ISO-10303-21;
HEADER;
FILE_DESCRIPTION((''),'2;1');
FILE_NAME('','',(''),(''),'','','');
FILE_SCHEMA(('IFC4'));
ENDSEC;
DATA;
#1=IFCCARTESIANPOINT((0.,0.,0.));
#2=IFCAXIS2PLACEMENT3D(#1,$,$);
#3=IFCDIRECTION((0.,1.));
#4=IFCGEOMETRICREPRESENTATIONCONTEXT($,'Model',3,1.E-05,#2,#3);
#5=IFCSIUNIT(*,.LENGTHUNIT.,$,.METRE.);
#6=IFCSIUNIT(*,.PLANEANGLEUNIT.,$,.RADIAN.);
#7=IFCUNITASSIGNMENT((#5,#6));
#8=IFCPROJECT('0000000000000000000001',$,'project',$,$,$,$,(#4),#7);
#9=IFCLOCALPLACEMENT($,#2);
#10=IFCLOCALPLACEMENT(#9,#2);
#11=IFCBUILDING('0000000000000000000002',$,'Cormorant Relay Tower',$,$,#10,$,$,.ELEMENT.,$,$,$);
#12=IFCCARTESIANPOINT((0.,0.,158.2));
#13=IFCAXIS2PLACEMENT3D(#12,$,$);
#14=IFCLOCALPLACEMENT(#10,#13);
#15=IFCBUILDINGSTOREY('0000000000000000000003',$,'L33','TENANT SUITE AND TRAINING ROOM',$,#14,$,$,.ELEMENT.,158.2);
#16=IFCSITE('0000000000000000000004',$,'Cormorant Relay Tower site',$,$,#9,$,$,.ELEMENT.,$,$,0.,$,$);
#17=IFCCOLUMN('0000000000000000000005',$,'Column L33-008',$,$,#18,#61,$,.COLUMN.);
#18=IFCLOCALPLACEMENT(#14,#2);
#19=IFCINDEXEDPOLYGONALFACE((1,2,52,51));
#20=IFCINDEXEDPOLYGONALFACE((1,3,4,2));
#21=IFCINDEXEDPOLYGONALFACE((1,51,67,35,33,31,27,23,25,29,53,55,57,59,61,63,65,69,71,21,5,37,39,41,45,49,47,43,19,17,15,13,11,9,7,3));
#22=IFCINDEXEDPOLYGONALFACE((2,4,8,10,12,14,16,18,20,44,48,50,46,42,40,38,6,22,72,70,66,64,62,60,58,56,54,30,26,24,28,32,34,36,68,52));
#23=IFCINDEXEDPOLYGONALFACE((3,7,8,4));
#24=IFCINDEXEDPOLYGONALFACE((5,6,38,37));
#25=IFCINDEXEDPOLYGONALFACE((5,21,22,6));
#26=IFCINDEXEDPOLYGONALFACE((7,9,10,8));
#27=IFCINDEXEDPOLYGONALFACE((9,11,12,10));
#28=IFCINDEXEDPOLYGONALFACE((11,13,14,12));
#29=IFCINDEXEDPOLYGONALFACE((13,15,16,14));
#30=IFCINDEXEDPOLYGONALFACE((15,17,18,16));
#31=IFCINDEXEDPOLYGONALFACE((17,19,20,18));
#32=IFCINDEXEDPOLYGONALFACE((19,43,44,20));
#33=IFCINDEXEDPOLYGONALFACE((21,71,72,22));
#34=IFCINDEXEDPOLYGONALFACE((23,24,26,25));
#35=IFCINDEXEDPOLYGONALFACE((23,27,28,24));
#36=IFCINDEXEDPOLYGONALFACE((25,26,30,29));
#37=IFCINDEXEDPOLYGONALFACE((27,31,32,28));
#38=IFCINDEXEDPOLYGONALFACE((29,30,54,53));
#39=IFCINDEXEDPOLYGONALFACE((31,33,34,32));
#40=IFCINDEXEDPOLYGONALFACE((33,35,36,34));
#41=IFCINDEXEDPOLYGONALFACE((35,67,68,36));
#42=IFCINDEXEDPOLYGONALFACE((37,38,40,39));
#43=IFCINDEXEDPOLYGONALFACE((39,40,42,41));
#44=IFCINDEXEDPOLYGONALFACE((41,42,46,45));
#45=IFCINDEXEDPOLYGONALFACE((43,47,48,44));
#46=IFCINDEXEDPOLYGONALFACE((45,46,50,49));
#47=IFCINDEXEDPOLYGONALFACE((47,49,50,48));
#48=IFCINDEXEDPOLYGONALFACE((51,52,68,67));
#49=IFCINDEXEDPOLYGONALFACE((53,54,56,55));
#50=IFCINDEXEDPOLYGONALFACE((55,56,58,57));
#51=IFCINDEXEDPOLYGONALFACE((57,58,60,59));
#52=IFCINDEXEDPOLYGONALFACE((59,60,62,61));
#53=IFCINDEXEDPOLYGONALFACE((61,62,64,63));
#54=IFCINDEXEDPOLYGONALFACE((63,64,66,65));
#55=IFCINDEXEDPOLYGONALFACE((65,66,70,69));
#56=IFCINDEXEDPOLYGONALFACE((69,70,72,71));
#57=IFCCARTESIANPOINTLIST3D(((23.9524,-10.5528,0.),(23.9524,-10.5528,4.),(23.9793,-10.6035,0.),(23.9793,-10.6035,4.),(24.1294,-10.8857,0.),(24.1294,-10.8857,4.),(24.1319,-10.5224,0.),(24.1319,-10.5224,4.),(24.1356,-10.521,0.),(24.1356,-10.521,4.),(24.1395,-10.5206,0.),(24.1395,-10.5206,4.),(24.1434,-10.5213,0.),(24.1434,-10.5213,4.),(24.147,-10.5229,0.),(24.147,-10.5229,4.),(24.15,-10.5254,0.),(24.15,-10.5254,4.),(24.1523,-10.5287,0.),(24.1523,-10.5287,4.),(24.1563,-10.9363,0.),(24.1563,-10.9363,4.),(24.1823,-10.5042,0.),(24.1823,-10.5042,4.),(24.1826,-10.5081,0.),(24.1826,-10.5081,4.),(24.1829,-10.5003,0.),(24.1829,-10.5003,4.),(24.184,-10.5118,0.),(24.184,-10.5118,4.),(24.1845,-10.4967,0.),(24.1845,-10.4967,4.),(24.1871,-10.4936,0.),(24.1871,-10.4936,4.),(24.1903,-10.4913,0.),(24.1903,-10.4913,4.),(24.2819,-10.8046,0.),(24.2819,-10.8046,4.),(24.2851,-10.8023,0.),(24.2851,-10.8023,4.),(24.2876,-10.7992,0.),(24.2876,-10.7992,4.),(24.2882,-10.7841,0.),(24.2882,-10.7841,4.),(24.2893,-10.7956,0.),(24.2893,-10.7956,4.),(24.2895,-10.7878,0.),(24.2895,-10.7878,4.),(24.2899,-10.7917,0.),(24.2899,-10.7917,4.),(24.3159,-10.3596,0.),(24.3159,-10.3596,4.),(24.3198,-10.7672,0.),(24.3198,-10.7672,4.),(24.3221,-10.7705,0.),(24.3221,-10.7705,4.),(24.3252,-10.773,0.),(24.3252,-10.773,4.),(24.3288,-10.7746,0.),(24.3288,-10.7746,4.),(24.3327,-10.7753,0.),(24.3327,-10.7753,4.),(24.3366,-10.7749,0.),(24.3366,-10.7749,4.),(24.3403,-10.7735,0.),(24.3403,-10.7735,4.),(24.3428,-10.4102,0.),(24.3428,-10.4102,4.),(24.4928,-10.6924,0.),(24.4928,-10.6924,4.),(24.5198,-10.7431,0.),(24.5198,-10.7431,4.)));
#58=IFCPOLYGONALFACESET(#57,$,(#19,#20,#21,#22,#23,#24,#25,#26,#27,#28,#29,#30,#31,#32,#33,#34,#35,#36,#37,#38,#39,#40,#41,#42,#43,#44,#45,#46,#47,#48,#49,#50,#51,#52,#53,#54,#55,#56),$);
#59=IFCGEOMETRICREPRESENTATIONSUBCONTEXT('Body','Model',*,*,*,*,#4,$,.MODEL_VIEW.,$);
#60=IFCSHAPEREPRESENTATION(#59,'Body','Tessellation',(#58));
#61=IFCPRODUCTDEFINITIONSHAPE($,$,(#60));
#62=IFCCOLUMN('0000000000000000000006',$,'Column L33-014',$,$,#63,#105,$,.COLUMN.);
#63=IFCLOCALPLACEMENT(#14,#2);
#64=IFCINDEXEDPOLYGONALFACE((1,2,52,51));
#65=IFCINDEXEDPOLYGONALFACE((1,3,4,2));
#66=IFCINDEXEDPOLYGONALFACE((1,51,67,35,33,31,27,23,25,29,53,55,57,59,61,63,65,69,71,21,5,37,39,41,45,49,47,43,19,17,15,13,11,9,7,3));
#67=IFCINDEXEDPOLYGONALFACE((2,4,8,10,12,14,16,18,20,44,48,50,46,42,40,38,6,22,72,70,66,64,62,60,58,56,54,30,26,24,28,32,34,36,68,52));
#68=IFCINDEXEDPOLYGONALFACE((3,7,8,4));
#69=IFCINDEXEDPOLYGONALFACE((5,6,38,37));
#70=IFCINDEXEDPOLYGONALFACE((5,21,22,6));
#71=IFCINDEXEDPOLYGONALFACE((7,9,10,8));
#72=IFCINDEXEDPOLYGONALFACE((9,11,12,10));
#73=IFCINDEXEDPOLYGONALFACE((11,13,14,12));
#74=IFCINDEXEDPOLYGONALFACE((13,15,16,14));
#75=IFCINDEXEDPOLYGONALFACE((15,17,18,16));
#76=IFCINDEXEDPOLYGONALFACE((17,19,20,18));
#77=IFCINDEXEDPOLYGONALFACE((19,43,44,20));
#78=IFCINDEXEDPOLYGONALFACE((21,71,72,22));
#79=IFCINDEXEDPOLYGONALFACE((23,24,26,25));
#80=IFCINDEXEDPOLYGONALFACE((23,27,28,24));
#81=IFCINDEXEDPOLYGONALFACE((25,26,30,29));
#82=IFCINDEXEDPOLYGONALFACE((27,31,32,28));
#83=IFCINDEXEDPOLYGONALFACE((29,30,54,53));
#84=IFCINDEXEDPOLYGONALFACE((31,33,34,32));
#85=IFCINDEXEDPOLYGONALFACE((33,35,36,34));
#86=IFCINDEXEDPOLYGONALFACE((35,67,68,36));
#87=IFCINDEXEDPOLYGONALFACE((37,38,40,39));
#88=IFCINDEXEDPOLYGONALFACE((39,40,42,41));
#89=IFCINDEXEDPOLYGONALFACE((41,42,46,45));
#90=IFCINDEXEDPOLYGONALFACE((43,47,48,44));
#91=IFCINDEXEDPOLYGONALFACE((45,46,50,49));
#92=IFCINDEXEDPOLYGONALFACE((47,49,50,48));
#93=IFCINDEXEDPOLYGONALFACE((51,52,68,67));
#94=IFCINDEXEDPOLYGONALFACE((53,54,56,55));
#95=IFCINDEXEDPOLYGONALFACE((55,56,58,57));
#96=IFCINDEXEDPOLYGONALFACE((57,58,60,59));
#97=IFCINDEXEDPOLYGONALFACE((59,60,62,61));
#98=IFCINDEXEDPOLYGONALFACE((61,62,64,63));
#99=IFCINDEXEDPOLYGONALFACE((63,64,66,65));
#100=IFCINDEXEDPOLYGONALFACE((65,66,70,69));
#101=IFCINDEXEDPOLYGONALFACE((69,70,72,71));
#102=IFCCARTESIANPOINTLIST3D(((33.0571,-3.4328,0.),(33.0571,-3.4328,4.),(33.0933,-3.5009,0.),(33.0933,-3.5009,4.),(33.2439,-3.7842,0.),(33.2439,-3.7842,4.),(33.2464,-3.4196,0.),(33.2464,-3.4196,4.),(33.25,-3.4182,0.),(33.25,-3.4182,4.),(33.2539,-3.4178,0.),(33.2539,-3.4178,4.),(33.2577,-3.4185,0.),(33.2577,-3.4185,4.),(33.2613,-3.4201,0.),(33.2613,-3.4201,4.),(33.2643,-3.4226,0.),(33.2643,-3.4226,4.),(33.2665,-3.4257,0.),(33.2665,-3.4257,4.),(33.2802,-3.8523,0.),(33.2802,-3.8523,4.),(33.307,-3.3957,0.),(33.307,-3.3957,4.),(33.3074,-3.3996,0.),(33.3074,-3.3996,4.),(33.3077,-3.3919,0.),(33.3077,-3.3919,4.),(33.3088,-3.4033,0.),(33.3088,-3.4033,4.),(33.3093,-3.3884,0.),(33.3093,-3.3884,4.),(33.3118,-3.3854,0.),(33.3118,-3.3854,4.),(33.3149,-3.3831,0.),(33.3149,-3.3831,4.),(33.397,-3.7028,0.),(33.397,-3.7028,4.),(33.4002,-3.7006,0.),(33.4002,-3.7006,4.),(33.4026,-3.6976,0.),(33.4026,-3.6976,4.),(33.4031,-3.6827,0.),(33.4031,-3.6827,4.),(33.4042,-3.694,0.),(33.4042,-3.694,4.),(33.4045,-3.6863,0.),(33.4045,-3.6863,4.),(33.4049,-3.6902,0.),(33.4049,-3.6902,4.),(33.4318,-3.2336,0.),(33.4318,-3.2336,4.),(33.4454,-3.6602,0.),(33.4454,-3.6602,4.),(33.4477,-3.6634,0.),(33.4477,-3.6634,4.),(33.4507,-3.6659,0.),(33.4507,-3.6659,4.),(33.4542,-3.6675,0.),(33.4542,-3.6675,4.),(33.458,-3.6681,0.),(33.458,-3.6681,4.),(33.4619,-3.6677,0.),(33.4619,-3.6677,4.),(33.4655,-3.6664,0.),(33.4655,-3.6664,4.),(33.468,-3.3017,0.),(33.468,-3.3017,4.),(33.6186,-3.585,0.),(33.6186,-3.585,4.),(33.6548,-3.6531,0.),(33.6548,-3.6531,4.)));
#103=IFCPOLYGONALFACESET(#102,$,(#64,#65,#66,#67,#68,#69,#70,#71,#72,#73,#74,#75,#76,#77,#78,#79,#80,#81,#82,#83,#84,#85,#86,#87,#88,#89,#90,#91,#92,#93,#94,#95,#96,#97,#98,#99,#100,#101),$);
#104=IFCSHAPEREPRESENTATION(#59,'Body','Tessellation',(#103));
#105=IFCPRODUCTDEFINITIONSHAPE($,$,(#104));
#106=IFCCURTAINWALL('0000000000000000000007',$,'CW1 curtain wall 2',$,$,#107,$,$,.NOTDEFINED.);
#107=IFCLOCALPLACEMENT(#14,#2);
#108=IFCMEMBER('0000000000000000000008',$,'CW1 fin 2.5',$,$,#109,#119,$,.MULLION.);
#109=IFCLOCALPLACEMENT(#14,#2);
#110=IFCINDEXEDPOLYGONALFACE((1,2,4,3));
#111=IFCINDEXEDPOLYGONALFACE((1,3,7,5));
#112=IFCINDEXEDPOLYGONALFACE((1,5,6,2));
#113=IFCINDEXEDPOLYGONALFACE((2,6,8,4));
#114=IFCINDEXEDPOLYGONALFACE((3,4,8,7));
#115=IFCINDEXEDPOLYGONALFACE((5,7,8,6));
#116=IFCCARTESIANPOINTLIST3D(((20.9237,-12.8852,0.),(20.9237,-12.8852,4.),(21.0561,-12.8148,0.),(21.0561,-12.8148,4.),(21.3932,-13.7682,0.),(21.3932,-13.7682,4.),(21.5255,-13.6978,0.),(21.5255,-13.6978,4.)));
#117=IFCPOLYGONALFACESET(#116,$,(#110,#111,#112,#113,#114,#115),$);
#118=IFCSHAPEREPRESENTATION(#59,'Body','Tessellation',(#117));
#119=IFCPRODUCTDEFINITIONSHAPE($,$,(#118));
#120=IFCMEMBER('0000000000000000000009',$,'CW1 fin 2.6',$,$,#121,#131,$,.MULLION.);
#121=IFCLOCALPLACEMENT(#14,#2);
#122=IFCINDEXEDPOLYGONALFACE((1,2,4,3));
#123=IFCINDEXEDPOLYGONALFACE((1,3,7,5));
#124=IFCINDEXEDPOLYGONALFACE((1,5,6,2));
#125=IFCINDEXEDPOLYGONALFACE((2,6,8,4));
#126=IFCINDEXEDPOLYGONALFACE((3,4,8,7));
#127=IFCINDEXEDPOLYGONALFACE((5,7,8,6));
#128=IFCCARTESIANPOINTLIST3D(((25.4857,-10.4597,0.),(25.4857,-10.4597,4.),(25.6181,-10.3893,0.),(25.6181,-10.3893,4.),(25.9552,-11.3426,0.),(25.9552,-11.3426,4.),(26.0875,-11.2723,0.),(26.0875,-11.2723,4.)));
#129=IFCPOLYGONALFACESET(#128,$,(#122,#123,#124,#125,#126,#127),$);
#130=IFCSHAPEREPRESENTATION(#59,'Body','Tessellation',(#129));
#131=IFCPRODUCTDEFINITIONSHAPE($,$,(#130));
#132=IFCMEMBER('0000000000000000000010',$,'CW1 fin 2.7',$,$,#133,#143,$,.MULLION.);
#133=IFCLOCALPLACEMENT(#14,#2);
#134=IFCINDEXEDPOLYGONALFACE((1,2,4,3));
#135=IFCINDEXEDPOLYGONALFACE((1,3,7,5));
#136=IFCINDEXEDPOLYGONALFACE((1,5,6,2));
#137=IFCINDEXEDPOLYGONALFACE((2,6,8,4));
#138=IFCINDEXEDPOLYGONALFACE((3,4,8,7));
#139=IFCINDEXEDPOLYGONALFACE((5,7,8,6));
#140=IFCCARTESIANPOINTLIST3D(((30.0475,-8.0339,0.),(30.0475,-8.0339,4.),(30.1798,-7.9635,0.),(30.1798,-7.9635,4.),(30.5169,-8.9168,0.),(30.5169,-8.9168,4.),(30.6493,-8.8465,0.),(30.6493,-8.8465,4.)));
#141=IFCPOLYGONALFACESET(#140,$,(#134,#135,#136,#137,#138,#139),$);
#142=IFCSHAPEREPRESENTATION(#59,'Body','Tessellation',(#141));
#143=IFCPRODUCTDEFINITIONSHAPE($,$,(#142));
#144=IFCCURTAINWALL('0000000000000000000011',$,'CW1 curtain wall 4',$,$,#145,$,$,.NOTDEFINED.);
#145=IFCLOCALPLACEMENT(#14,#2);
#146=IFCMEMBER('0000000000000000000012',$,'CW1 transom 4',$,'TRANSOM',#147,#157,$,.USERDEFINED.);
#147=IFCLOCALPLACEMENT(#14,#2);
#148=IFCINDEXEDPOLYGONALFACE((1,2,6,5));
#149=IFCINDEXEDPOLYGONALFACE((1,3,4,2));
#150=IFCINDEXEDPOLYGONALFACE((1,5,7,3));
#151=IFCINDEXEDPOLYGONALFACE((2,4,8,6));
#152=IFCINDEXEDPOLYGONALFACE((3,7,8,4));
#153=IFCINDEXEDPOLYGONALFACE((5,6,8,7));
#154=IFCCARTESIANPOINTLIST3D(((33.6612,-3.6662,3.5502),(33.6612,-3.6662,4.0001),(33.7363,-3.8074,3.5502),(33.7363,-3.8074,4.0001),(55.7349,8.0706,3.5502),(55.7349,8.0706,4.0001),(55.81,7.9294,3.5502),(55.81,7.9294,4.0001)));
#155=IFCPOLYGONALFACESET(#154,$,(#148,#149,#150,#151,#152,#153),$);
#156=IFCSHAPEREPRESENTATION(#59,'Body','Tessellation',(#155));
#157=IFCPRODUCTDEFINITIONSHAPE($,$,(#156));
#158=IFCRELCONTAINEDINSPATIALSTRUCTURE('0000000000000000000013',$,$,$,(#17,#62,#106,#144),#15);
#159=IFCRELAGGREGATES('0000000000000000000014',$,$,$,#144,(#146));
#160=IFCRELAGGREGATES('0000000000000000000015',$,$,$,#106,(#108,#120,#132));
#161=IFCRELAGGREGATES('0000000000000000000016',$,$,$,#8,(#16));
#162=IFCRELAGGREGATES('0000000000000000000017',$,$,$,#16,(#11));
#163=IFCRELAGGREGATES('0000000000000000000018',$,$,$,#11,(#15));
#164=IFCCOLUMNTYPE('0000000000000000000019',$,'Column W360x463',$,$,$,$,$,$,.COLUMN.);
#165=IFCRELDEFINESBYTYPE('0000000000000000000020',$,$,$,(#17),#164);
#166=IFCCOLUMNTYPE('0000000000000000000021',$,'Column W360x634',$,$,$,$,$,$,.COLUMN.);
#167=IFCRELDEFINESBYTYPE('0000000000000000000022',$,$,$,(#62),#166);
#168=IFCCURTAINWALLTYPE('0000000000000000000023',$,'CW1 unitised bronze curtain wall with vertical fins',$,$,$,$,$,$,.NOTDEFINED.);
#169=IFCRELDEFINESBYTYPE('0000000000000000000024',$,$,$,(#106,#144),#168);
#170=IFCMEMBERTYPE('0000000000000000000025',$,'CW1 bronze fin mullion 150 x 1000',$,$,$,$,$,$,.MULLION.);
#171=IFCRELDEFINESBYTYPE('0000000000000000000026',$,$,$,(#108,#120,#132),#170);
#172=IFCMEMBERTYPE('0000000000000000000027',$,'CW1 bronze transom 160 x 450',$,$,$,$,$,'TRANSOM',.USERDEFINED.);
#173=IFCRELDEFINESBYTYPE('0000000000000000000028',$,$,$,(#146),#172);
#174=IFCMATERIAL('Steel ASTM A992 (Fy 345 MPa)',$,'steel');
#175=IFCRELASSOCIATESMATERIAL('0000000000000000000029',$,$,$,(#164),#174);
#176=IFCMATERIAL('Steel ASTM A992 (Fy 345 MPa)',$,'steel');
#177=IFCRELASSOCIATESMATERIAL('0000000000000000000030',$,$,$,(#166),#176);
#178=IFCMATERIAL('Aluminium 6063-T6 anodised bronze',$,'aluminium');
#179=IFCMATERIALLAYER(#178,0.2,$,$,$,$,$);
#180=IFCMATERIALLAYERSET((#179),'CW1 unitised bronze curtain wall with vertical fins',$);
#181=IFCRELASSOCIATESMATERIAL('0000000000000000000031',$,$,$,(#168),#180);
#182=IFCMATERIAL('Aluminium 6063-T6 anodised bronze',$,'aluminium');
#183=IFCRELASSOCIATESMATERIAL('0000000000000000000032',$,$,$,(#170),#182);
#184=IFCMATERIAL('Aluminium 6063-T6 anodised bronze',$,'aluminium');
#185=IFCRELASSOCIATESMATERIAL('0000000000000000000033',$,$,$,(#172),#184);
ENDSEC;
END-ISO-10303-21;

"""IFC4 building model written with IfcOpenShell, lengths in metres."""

from ifc_helpers import new_model, si_unit, direction, frame, origin, origin_2d, place, context, subcontext, project, spatial, rectangle, i_section, extrude, material, layer, layer_set, material_profile, profile_set, type_object, element, aggregate, save


model = new_model("IFC4")

# Units and contexts
model_context = context("Model", 3, precision=1e-05, world=origin(), true_north=direction((0.0, 1.0)))
body_context = subcontext(model_context, "Body", "Model", "MODEL_VIEW")
ifc_project = project(units=[si_unit("LENGTHUNIT", "METRE"), si_unit("PLANEANGLEUNIT", "RADIAN")], contexts=[model_context])

# Site, building, storey
site_placement = place(None, origin())
site = spatial("IfcSite", under=ifc_project, at=site_placement, Name="Cormorant Relay Tower site", CompositionType="ELEMENT", RefElevation=0.0)
building_placement = place(site_placement, origin())
building = spatial("IfcBuilding", under=site, at=building_placement, Name="Cormorant Relay Tower", CompositionType="ELEMENT")
storey_placement = place(building_placement, frame((0.0, 0.0, 158.2)))
storey = spatial("IfcBuildingStorey", under=building, at=storey_placement, Name="L33", Description="TENANT SUITE AND TRAINING ROOM", CompositionType="ELEMENT", Elevation=158.2)

# Columns
ifc_material_1 = material(Name="Steel ASTM A992 (Fy 345 MPa)", Category="steel")
ifc_material_profile_1 = material_profile(ifc_material_1, i_section(OverallWidth=0.4116, OverallDepth=0.4343, WebThickness=0.0359, FlangeThickness=0.0574, FilletRadius=0.0151, at=origin_2d()), Name="W360x463")
ifc_profile_set_1 = profile_set([ifc_material_profile_1], Name="Steel ASTM A992 (Fy 345 MPa)")
column_type_1 = type_object("IfcColumnType", Name="Column W360x463", PredefinedType="COLUMN", material=ifc_profile_set_1)
column_1_placement = place(storey_placement, frame((24.2361, -10.6479, 0.0), z_axis=(0.0, 0.0, 1.0), x_axis=(0.882948, 0.469472, 0.0)))
element("IfcColumn", 1, at=column_1_placement, inside=storey, type_object=column_type_1, Name="Column L33-008", PredefinedType="COLUMN", context=body_context, shape_type="SweptSolid", body=[
    extrude(i_section(OverallWidth=0.4116, OverallDepth=0.4343, WebThickness=0.0359, FlangeThickness=0.0574, FilletRadius=0.0151, at=origin_2d()), origin(), (0.0, 0.0, 1.0), 4.0),
])
ifc_material_2 = material(Name="Steel ASTM A992 (Fy 345 MPa)", Category="steel")
ifc_material_profile_2 = material_profile(ifc_material_2, i_section(OverallWidth=0.4243, OverallDepth=0.4751, WebThickness=0.0479, FlangeThickness=0.0771, FilletRadius=0.0149, at=origin_2d()), Name="W360x634")
ifc_profile_set_2 = profile_set([ifc_material_profile_2], Name="Steel ASTM A992 (Fy 345 MPa)")
column_type_2 = type_object("IfcColumnType", Name="Column W360x634", PredefinedType="COLUMN", material=ifc_profile_set_2)
column_2_placement = place(storey_placement, frame((33.356, -3.543, 0.0), z_axis=(0.0, 0.0, 1.0), x_axis=(0.882948, 0.469472, 0.0)))
element("IfcColumn", 2, at=column_2_placement, inside=storey, type_object=column_type_2, Name="Column L33-014", PredefinedType="COLUMN", context=body_context, shape_type="SweptSolid", body=[
    extrude(i_section(OverallWidth=0.4243, OverallDepth=0.4751, WebThickness=0.0479, FlangeThickness=0.0771, FilletRadius=0.0149, at=origin_2d()), origin(), (0.0, 0.0, 1.0), 4.0),
])

# Curtain wall, members
ifc_material_3 = material(Name="Aluminium 6063-T6 anodised bronze", Category="aluminium")
ifc_layer_1 = layer(ifc_material_3, 0.2)
ifc_layer_set_1 = layer_set([ifc_layer_1], Name="CW1 unitised bronze curtain wall with vertical fins")
curtain_wall_type = type_object("IfcCurtainWallType", Name="CW1 unitised bronze curtain wall with vertical fins", PredefinedType="NOTDEFINED", material=ifc_layer_set_1)
curtain_wall_1_placement = place(storey_placement, origin())
curtain_wall_1 = element("IfcCurtainWall", 3, at=curtain_wall_1_placement, inside=storey, type_object=curtain_wall_type, Name="CW1 curtain wall 2", PredefinedType="NOTDEFINED")
ifc_material_4 = material(Name="Aluminium 6063-T6 anodised bronze", Category="aluminium")
ifc_material_profile_3 = material_profile(ifc_material_4, rectangle(XDim=0.1499, YDim=1.0, at=origin_2d()), Name="AL 150x1000")
ifc_profile_set_3 = profile_set([ifc_material_profile_3], Name="Aluminium 6063-T6 anodised bronze")
member_type_1 = type_object("IfcMemberType", Name="CW1 bronze fin mullion 150 x 1000", PredefinedType="MULLION", material=ifc_profile_set_3)
member_1_placement = place(storey_placement, frame((21.2246, -13.2915, 0.0), z_axis=(0.0, 0.0, 1.0), x_axis=(0.882948, 0.469472, 0.0)))
member_1 = element("IfcMember", 4, at=member_1_placement, type_object=member_type_1, Name="CW1 fin 2.5", PredefinedType="MULLION", context=body_context, shape_type="SweptSolid", body=[
    extrude(rectangle(XDim=0.1499, YDim=1.0, at=origin_2d()), origin(), (0.0, 0.0, 1.0), 4.0),
])
member_2_placement = place(storey_placement, frame((25.7866, -10.866, 0.0), z_axis=(0.0, 0.0, 1.0), x_axis=(0.882948, 0.469472, 0.0)))
member_2 = element("IfcMember", 5, at=member_2_placement, type_object=member_type_1, Name="CW1 fin 2.6", PredefinedType="MULLION", context=body_context, shape_type="SweptSolid", body=[
    extrude(rectangle(XDim=0.1499, YDim=1.0, at=origin_2d()), origin(), (0.0, 0.0, 1.0), 4.0),
])
member_3_placement = place(storey_placement, frame((30.3484, -8.4402, 0.0), z_axis=(0.0, 0.0, 1.0), x_axis=(0.882948, 0.469472, 0.0)))
member_3 = element("IfcMember", 6, at=member_3_placement, type_object=member_type_1, Name="CW1 fin 2.7", PredefinedType="MULLION", context=body_context, shape_type="SweptSolid", body=[
    extrude(rectangle(XDim=0.1499, YDim=1.0, at=origin_2d()), origin(), (0.0, 0.0, 1.0), 4.0),
])

# Curtain wall, member
curtain_wall_2_placement = place(storey_placement, origin())
curtain_wall_2 = element("IfcCurtainWall", 7, at=curtain_wall_2_placement, inside=storey, type_object=curtain_wall_type, Name="CW1 curtain wall 4", PredefinedType="NOTDEFINED")
ifc_material_5 = material(Name="Aluminium 6063-T6 anodised bronze", Category="aluminium")
ifc_material_profile_4 = material_profile(ifc_material_5, rectangle(XDim=0.1599, YDim=0.45, at=origin_2d()), Name="AL 160x450")
ifc_profile_set_4 = profile_set([ifc_material_profile_4], Name="Aluminium 6063-T6 anodised bronze")
member_type_2 = type_object("IfcMemberType", Name="CW1 bronze transom 160 x 450", ElementType="TRANSOM", PredefinedType="USERDEFINED", material=ifc_profile_set_4)
member_4_placement = place(storey_placement, frame((33.6987, -3.7368, 3.7751), z_axis=(0.882947, 0.469472, 0.0), x_axis=(-0.469472, 0.882947, 0.0)))
member_4 = element("IfcMember", 8, at=member_4_placement, type_object=member_type_2, Name="CW1 transom 4", ObjectType="TRANSOM", PredefinedType="USERDEFINED", context=body_context, shape_type="SweptSolid", body=[
    extrude(rectangle(XDim=0.1599, YDim=0.45, at=origin_2d()), origin(), (0.0, 0.0, 1.0), 25.0),
])
aggregate(curtain_wall_2, [member_4])

aggregate(curtain_wall_1, [member_1, member_2, member_3])

save(model, "model.ifc")
